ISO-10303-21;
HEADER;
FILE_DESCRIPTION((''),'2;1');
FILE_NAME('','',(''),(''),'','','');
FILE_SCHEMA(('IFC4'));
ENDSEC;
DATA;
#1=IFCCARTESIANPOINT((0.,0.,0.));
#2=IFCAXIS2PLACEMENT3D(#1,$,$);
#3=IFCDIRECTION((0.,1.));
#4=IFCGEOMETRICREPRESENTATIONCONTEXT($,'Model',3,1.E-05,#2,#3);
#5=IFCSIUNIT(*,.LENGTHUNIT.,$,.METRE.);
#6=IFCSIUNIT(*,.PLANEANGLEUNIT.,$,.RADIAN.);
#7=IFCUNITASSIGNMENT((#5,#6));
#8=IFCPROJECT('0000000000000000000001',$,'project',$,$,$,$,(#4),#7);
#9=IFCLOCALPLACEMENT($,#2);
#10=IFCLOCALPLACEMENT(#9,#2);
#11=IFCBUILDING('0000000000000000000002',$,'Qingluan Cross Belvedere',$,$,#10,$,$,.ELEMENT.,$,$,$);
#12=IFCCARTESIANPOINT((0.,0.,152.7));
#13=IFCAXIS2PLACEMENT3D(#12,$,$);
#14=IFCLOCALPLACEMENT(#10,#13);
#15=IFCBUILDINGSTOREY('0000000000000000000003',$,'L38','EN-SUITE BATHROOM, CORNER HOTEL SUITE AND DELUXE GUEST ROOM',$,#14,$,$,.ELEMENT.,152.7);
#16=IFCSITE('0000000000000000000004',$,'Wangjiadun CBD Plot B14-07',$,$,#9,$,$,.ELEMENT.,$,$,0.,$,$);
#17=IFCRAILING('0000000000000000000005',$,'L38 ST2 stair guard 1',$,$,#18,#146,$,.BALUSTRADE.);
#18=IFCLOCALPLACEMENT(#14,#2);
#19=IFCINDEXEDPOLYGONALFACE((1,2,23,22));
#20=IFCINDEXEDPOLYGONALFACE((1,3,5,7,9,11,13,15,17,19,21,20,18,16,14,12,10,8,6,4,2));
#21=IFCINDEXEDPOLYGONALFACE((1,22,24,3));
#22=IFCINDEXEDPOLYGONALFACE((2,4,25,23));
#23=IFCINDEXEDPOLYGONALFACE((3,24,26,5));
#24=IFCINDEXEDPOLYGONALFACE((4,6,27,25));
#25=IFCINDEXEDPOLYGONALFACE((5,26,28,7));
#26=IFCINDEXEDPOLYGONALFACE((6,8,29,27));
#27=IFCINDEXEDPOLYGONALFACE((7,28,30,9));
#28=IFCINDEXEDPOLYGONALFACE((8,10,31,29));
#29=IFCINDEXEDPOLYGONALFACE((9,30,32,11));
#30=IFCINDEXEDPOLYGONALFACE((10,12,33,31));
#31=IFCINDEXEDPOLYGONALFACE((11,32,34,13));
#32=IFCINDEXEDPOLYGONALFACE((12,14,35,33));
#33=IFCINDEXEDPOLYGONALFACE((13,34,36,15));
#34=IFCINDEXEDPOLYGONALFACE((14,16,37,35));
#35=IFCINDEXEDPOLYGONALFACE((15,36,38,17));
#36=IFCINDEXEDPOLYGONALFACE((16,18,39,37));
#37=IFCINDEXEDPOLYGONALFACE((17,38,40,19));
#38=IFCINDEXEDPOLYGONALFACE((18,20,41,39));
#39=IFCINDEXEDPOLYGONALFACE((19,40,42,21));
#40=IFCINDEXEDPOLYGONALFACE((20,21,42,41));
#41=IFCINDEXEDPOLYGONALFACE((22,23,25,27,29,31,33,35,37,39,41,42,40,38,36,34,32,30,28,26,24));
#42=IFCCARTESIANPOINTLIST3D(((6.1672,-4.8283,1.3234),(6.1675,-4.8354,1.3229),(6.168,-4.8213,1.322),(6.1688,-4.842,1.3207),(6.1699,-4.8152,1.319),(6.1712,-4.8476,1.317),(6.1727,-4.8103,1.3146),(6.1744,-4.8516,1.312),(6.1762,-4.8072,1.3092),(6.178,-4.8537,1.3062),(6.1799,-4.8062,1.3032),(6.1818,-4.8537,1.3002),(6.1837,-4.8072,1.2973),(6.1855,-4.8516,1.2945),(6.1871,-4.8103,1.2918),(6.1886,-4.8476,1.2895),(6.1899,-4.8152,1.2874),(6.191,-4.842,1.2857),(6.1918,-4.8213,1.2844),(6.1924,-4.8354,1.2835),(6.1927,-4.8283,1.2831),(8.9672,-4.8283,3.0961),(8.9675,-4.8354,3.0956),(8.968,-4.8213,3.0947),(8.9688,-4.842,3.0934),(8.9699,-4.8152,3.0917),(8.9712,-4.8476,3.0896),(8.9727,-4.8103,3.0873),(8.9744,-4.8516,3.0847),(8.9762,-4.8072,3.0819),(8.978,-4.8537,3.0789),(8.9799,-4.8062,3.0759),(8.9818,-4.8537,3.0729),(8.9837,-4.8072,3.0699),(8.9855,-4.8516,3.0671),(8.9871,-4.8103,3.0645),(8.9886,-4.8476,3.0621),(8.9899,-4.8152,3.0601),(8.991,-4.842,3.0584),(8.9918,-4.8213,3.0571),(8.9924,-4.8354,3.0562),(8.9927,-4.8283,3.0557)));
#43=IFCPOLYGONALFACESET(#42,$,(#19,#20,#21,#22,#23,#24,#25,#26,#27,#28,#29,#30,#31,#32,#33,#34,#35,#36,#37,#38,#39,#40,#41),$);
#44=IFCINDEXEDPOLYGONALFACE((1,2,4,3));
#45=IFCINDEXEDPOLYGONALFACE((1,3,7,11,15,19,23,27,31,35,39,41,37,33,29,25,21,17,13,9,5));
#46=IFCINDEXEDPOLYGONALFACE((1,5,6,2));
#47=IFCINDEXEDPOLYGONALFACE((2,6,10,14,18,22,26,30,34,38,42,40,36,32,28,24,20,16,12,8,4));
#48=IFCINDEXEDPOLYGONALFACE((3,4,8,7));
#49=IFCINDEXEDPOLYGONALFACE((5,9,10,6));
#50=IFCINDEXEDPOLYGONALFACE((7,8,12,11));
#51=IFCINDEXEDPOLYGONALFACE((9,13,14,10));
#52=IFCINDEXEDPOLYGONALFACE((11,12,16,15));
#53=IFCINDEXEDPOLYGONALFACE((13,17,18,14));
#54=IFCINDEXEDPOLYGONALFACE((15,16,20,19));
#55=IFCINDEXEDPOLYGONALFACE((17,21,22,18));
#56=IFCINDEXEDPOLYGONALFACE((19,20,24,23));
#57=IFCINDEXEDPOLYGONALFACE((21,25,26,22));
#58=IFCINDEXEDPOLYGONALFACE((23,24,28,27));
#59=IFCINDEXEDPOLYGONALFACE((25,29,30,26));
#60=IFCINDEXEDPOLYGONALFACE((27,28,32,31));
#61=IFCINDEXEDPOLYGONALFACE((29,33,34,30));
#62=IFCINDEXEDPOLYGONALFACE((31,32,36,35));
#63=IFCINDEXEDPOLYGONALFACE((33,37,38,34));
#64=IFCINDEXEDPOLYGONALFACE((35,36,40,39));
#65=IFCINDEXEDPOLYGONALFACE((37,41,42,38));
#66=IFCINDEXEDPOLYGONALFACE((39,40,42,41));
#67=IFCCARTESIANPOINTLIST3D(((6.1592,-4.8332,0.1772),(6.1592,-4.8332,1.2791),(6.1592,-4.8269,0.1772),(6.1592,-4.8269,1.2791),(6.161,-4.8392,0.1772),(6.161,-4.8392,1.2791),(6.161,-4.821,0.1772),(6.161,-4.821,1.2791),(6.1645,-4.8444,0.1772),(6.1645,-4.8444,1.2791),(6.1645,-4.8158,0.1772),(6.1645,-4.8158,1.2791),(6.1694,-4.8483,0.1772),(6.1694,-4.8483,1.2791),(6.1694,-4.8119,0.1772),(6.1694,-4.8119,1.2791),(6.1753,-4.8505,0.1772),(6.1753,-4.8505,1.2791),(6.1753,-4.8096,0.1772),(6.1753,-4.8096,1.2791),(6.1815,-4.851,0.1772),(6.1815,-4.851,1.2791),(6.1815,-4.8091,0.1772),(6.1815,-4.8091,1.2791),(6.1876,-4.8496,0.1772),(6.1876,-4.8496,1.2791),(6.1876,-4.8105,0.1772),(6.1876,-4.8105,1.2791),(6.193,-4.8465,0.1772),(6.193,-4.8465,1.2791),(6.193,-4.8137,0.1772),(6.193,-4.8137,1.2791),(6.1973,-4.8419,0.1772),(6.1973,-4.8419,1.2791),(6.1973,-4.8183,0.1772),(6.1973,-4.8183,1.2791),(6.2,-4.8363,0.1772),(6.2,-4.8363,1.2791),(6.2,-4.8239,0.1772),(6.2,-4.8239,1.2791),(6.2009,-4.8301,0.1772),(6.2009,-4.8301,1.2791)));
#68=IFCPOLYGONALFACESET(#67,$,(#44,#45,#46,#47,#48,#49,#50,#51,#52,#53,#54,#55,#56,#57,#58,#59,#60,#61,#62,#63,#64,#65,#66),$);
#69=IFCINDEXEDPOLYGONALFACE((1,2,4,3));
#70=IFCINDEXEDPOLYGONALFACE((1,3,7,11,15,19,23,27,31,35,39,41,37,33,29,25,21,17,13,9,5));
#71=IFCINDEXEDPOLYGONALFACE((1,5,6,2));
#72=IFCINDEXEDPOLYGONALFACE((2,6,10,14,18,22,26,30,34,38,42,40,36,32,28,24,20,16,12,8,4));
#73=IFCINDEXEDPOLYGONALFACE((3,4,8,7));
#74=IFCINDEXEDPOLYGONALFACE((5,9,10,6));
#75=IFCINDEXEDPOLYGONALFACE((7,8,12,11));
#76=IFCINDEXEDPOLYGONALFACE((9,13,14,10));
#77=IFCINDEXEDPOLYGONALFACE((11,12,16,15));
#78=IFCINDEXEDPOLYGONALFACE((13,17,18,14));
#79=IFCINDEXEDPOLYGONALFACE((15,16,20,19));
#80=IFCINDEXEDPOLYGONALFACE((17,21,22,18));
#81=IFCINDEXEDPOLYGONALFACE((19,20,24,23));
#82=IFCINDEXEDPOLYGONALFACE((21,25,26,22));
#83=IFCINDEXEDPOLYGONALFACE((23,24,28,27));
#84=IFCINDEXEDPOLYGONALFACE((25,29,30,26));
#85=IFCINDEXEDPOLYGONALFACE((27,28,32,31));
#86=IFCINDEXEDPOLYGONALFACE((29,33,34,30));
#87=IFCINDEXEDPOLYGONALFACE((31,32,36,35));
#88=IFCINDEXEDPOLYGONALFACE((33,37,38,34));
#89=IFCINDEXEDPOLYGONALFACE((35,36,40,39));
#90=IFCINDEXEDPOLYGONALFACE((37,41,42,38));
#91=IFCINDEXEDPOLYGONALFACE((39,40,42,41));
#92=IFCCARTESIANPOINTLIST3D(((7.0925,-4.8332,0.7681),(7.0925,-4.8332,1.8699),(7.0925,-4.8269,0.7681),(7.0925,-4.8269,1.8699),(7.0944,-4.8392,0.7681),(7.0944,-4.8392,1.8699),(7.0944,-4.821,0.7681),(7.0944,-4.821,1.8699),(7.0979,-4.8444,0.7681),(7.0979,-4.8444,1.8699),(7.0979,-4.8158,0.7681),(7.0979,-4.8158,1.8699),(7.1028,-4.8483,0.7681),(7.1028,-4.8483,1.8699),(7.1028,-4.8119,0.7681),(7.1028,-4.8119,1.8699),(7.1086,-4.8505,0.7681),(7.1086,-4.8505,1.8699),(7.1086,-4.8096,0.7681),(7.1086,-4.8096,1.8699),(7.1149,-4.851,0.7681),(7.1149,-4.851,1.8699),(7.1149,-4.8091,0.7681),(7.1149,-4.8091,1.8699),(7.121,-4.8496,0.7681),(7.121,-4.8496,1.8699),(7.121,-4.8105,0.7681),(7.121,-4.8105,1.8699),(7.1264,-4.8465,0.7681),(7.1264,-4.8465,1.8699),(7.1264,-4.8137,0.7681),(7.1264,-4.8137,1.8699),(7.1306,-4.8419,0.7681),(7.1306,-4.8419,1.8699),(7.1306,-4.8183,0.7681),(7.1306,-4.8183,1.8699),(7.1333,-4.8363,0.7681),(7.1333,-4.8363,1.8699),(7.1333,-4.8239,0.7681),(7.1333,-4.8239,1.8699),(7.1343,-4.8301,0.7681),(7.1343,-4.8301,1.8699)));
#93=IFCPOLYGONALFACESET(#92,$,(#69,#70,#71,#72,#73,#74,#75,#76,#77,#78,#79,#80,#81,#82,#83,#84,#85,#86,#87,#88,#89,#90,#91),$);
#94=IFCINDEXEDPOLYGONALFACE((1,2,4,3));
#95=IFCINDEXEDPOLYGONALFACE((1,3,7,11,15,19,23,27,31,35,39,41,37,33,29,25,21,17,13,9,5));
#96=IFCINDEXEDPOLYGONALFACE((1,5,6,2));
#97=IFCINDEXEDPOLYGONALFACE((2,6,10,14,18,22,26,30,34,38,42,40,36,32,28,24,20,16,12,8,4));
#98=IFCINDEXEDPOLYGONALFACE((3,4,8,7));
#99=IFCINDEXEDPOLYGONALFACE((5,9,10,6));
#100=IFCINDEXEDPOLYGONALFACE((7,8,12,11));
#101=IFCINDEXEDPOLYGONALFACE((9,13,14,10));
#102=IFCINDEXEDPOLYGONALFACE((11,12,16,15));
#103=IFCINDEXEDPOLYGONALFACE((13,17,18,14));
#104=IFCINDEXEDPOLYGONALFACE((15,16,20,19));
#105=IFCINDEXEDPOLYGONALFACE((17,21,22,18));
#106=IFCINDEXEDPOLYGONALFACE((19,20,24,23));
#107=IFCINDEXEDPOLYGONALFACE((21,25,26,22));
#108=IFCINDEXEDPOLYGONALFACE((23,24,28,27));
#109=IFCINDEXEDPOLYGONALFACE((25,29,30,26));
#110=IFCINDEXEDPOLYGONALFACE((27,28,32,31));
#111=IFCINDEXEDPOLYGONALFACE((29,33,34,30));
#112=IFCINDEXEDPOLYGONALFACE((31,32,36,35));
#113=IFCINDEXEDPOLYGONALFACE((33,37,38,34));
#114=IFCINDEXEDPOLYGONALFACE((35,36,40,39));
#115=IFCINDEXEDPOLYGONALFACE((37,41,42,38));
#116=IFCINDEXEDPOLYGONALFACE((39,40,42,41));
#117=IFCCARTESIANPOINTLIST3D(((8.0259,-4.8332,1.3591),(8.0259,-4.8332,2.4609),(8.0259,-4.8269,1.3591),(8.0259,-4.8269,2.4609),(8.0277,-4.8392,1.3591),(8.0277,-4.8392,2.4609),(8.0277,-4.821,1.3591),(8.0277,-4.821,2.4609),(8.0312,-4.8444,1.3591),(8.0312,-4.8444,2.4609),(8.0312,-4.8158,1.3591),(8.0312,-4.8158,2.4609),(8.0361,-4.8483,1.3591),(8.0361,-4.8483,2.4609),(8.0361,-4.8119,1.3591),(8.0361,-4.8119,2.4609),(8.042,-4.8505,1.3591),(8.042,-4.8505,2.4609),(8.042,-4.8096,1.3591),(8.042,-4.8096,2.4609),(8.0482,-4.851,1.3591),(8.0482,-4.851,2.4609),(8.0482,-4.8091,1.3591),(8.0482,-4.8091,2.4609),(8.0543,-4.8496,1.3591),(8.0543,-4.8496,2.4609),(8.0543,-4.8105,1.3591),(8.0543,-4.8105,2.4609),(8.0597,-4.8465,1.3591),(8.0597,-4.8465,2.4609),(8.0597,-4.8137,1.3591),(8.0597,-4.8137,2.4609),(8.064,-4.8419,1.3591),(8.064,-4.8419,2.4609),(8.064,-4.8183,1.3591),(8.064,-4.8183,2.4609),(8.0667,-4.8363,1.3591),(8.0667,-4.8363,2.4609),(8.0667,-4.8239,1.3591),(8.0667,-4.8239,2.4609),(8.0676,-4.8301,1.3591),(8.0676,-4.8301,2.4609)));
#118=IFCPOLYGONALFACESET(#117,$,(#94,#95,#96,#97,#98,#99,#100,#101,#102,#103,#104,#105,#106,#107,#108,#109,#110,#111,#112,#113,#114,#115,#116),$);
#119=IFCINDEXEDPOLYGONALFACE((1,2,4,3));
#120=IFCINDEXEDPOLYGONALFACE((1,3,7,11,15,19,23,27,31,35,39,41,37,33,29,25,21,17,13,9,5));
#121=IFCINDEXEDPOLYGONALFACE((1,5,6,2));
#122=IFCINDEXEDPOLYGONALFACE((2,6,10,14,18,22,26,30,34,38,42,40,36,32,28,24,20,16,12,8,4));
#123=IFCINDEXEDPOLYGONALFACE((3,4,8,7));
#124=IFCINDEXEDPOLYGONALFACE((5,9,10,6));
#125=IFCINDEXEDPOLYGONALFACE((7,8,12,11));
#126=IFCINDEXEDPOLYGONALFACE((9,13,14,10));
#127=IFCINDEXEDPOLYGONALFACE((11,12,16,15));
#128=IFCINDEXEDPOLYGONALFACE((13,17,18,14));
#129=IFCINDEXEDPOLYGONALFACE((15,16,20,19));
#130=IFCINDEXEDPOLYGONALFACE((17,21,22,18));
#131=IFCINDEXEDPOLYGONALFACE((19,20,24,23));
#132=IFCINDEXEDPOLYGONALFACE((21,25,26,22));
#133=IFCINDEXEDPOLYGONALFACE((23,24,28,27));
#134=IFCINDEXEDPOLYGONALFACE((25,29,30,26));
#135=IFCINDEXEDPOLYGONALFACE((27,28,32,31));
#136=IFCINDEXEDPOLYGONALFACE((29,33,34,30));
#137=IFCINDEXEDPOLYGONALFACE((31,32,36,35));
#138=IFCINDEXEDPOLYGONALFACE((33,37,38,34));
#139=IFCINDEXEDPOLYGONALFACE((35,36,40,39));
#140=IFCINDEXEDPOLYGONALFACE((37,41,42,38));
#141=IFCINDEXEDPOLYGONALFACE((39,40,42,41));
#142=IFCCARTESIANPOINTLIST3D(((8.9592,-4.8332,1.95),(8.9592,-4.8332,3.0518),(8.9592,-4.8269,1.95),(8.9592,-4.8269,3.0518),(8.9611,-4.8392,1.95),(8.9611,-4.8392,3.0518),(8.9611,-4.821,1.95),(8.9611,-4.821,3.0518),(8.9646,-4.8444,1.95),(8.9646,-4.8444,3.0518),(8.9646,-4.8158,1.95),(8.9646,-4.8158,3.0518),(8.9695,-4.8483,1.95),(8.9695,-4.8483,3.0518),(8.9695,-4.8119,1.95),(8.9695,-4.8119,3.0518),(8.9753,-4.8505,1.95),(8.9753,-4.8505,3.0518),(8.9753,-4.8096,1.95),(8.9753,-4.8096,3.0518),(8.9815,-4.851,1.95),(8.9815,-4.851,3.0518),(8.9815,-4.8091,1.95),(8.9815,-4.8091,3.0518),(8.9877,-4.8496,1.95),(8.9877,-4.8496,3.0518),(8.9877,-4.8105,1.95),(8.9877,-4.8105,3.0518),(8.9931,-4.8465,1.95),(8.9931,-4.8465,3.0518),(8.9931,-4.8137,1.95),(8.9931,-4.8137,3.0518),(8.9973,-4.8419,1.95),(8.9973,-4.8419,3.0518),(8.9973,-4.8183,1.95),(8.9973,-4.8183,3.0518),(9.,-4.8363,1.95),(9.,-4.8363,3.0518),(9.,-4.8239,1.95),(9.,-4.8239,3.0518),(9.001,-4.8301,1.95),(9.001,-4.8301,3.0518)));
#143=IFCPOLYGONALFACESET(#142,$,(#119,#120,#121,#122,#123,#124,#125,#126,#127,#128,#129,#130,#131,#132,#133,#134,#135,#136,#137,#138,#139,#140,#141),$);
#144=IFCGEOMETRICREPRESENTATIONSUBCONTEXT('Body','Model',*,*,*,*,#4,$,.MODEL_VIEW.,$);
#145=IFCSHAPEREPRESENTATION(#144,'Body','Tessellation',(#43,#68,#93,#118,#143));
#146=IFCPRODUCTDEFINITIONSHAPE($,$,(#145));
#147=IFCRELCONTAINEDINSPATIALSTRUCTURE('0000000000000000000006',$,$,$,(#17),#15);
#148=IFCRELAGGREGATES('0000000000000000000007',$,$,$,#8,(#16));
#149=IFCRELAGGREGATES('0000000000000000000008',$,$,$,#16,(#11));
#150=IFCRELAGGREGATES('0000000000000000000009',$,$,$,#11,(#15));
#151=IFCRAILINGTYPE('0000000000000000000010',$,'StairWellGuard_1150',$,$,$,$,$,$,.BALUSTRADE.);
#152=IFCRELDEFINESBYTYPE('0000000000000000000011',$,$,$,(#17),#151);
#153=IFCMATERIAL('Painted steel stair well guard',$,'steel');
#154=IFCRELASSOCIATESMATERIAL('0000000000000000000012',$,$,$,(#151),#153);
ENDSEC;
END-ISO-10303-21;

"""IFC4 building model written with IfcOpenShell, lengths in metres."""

from ifc_helpers import new_model, si_unit, direction, frame, origin, origin_2d, place, context, subcontext, project, spatial, circle, extrude, material, type_object, element, save


model = new_model("IFC4")

# Units and contexts
model_context = context("Model", 3, precision=1e-05, world=origin(), true_north=direction((0.0, 1.0)))
body_context = subcontext(model_context, "Body", "Model", "MODEL_VIEW")
ifc_project = project(units=[si_unit("LENGTHUNIT", "METRE"), si_unit("PLANEANGLEUNIT", "RADIAN")], contexts=[model_context])

# Site, building, storey
site_placement = place(None, origin())
site = spatial("IfcSite", under=ifc_project, at=site_placement, Name="Wangjiadun CBD Plot B14-07", CompositionType="ELEMENT", RefElevation=0.0)
building_placement = place(site_placement, origin())
building = spatial("IfcBuilding", under=site, at=building_placement, Name="Qingluan Cross Belvedere", CompositionType="ELEMENT")
storey_placement = place(building_placement, frame((0.0, 0.0, 152.7)))
storey = spatial("IfcBuildingStorey", under=building, at=storey_placement, Name="L38", Description="EN-SUITE BATHROOM, CORNER HOTEL SUITE AND DELUXE GUEST ROOM", CompositionType="ELEMENT", Elevation=152.7)

# Railing
ifc_material_1 = material(Name="Painted steel stair well guard", Category="steel")
railing_type_1 = type_object("IfcRailingType", Name="StairWellGuard_1150", PredefinedType="BALUSTRADE", material=ifc_material_1)
railing_1_placement = place(storey_placement, frame((6.1799, -4.8301, 0.1772)))
element("IfcRailing", 1, at=railing_1_placement, inside=storey, type_object=railing_type_1, Name="L38 ST2 stair guard 1", PredefinedType="BALUSTRADE", context=body_context, shape_type="SweptSolid", body=[
    extrude(circle(Radius=0.0239, at=origin_2d()), frame((0.0, 0.0, 1.126), z_axis=(0.844909, 0.0, 0.53491), x_axis=(0.0, 1.0, 0.0)), (0.0, 0.0, 1.0), 3.314),
    extrude(circle(Radius=0.021, at=origin_2d()), origin(), (0.0, 0.0, 1.0), 1.1018),
    extrude(circle(Radius=0.021, at=origin_2d()), frame((0.9333, 0.0, 0.5908)), (0.0, 0.0, 1.0), 1.1018),
    extrude(circle(Radius=0.021, at=origin_2d()), frame((1.8667, 0.0, 1.1819)), (0.0, 0.0, 1.0), 1.1018),
    extrude(circle(Radius=0.021, at=origin_2d()), frame((2.8, 0.0, 1.7727)), (0.0, 0.0, 1.0), 1.1018),
])

save(model, "model.ifc")
